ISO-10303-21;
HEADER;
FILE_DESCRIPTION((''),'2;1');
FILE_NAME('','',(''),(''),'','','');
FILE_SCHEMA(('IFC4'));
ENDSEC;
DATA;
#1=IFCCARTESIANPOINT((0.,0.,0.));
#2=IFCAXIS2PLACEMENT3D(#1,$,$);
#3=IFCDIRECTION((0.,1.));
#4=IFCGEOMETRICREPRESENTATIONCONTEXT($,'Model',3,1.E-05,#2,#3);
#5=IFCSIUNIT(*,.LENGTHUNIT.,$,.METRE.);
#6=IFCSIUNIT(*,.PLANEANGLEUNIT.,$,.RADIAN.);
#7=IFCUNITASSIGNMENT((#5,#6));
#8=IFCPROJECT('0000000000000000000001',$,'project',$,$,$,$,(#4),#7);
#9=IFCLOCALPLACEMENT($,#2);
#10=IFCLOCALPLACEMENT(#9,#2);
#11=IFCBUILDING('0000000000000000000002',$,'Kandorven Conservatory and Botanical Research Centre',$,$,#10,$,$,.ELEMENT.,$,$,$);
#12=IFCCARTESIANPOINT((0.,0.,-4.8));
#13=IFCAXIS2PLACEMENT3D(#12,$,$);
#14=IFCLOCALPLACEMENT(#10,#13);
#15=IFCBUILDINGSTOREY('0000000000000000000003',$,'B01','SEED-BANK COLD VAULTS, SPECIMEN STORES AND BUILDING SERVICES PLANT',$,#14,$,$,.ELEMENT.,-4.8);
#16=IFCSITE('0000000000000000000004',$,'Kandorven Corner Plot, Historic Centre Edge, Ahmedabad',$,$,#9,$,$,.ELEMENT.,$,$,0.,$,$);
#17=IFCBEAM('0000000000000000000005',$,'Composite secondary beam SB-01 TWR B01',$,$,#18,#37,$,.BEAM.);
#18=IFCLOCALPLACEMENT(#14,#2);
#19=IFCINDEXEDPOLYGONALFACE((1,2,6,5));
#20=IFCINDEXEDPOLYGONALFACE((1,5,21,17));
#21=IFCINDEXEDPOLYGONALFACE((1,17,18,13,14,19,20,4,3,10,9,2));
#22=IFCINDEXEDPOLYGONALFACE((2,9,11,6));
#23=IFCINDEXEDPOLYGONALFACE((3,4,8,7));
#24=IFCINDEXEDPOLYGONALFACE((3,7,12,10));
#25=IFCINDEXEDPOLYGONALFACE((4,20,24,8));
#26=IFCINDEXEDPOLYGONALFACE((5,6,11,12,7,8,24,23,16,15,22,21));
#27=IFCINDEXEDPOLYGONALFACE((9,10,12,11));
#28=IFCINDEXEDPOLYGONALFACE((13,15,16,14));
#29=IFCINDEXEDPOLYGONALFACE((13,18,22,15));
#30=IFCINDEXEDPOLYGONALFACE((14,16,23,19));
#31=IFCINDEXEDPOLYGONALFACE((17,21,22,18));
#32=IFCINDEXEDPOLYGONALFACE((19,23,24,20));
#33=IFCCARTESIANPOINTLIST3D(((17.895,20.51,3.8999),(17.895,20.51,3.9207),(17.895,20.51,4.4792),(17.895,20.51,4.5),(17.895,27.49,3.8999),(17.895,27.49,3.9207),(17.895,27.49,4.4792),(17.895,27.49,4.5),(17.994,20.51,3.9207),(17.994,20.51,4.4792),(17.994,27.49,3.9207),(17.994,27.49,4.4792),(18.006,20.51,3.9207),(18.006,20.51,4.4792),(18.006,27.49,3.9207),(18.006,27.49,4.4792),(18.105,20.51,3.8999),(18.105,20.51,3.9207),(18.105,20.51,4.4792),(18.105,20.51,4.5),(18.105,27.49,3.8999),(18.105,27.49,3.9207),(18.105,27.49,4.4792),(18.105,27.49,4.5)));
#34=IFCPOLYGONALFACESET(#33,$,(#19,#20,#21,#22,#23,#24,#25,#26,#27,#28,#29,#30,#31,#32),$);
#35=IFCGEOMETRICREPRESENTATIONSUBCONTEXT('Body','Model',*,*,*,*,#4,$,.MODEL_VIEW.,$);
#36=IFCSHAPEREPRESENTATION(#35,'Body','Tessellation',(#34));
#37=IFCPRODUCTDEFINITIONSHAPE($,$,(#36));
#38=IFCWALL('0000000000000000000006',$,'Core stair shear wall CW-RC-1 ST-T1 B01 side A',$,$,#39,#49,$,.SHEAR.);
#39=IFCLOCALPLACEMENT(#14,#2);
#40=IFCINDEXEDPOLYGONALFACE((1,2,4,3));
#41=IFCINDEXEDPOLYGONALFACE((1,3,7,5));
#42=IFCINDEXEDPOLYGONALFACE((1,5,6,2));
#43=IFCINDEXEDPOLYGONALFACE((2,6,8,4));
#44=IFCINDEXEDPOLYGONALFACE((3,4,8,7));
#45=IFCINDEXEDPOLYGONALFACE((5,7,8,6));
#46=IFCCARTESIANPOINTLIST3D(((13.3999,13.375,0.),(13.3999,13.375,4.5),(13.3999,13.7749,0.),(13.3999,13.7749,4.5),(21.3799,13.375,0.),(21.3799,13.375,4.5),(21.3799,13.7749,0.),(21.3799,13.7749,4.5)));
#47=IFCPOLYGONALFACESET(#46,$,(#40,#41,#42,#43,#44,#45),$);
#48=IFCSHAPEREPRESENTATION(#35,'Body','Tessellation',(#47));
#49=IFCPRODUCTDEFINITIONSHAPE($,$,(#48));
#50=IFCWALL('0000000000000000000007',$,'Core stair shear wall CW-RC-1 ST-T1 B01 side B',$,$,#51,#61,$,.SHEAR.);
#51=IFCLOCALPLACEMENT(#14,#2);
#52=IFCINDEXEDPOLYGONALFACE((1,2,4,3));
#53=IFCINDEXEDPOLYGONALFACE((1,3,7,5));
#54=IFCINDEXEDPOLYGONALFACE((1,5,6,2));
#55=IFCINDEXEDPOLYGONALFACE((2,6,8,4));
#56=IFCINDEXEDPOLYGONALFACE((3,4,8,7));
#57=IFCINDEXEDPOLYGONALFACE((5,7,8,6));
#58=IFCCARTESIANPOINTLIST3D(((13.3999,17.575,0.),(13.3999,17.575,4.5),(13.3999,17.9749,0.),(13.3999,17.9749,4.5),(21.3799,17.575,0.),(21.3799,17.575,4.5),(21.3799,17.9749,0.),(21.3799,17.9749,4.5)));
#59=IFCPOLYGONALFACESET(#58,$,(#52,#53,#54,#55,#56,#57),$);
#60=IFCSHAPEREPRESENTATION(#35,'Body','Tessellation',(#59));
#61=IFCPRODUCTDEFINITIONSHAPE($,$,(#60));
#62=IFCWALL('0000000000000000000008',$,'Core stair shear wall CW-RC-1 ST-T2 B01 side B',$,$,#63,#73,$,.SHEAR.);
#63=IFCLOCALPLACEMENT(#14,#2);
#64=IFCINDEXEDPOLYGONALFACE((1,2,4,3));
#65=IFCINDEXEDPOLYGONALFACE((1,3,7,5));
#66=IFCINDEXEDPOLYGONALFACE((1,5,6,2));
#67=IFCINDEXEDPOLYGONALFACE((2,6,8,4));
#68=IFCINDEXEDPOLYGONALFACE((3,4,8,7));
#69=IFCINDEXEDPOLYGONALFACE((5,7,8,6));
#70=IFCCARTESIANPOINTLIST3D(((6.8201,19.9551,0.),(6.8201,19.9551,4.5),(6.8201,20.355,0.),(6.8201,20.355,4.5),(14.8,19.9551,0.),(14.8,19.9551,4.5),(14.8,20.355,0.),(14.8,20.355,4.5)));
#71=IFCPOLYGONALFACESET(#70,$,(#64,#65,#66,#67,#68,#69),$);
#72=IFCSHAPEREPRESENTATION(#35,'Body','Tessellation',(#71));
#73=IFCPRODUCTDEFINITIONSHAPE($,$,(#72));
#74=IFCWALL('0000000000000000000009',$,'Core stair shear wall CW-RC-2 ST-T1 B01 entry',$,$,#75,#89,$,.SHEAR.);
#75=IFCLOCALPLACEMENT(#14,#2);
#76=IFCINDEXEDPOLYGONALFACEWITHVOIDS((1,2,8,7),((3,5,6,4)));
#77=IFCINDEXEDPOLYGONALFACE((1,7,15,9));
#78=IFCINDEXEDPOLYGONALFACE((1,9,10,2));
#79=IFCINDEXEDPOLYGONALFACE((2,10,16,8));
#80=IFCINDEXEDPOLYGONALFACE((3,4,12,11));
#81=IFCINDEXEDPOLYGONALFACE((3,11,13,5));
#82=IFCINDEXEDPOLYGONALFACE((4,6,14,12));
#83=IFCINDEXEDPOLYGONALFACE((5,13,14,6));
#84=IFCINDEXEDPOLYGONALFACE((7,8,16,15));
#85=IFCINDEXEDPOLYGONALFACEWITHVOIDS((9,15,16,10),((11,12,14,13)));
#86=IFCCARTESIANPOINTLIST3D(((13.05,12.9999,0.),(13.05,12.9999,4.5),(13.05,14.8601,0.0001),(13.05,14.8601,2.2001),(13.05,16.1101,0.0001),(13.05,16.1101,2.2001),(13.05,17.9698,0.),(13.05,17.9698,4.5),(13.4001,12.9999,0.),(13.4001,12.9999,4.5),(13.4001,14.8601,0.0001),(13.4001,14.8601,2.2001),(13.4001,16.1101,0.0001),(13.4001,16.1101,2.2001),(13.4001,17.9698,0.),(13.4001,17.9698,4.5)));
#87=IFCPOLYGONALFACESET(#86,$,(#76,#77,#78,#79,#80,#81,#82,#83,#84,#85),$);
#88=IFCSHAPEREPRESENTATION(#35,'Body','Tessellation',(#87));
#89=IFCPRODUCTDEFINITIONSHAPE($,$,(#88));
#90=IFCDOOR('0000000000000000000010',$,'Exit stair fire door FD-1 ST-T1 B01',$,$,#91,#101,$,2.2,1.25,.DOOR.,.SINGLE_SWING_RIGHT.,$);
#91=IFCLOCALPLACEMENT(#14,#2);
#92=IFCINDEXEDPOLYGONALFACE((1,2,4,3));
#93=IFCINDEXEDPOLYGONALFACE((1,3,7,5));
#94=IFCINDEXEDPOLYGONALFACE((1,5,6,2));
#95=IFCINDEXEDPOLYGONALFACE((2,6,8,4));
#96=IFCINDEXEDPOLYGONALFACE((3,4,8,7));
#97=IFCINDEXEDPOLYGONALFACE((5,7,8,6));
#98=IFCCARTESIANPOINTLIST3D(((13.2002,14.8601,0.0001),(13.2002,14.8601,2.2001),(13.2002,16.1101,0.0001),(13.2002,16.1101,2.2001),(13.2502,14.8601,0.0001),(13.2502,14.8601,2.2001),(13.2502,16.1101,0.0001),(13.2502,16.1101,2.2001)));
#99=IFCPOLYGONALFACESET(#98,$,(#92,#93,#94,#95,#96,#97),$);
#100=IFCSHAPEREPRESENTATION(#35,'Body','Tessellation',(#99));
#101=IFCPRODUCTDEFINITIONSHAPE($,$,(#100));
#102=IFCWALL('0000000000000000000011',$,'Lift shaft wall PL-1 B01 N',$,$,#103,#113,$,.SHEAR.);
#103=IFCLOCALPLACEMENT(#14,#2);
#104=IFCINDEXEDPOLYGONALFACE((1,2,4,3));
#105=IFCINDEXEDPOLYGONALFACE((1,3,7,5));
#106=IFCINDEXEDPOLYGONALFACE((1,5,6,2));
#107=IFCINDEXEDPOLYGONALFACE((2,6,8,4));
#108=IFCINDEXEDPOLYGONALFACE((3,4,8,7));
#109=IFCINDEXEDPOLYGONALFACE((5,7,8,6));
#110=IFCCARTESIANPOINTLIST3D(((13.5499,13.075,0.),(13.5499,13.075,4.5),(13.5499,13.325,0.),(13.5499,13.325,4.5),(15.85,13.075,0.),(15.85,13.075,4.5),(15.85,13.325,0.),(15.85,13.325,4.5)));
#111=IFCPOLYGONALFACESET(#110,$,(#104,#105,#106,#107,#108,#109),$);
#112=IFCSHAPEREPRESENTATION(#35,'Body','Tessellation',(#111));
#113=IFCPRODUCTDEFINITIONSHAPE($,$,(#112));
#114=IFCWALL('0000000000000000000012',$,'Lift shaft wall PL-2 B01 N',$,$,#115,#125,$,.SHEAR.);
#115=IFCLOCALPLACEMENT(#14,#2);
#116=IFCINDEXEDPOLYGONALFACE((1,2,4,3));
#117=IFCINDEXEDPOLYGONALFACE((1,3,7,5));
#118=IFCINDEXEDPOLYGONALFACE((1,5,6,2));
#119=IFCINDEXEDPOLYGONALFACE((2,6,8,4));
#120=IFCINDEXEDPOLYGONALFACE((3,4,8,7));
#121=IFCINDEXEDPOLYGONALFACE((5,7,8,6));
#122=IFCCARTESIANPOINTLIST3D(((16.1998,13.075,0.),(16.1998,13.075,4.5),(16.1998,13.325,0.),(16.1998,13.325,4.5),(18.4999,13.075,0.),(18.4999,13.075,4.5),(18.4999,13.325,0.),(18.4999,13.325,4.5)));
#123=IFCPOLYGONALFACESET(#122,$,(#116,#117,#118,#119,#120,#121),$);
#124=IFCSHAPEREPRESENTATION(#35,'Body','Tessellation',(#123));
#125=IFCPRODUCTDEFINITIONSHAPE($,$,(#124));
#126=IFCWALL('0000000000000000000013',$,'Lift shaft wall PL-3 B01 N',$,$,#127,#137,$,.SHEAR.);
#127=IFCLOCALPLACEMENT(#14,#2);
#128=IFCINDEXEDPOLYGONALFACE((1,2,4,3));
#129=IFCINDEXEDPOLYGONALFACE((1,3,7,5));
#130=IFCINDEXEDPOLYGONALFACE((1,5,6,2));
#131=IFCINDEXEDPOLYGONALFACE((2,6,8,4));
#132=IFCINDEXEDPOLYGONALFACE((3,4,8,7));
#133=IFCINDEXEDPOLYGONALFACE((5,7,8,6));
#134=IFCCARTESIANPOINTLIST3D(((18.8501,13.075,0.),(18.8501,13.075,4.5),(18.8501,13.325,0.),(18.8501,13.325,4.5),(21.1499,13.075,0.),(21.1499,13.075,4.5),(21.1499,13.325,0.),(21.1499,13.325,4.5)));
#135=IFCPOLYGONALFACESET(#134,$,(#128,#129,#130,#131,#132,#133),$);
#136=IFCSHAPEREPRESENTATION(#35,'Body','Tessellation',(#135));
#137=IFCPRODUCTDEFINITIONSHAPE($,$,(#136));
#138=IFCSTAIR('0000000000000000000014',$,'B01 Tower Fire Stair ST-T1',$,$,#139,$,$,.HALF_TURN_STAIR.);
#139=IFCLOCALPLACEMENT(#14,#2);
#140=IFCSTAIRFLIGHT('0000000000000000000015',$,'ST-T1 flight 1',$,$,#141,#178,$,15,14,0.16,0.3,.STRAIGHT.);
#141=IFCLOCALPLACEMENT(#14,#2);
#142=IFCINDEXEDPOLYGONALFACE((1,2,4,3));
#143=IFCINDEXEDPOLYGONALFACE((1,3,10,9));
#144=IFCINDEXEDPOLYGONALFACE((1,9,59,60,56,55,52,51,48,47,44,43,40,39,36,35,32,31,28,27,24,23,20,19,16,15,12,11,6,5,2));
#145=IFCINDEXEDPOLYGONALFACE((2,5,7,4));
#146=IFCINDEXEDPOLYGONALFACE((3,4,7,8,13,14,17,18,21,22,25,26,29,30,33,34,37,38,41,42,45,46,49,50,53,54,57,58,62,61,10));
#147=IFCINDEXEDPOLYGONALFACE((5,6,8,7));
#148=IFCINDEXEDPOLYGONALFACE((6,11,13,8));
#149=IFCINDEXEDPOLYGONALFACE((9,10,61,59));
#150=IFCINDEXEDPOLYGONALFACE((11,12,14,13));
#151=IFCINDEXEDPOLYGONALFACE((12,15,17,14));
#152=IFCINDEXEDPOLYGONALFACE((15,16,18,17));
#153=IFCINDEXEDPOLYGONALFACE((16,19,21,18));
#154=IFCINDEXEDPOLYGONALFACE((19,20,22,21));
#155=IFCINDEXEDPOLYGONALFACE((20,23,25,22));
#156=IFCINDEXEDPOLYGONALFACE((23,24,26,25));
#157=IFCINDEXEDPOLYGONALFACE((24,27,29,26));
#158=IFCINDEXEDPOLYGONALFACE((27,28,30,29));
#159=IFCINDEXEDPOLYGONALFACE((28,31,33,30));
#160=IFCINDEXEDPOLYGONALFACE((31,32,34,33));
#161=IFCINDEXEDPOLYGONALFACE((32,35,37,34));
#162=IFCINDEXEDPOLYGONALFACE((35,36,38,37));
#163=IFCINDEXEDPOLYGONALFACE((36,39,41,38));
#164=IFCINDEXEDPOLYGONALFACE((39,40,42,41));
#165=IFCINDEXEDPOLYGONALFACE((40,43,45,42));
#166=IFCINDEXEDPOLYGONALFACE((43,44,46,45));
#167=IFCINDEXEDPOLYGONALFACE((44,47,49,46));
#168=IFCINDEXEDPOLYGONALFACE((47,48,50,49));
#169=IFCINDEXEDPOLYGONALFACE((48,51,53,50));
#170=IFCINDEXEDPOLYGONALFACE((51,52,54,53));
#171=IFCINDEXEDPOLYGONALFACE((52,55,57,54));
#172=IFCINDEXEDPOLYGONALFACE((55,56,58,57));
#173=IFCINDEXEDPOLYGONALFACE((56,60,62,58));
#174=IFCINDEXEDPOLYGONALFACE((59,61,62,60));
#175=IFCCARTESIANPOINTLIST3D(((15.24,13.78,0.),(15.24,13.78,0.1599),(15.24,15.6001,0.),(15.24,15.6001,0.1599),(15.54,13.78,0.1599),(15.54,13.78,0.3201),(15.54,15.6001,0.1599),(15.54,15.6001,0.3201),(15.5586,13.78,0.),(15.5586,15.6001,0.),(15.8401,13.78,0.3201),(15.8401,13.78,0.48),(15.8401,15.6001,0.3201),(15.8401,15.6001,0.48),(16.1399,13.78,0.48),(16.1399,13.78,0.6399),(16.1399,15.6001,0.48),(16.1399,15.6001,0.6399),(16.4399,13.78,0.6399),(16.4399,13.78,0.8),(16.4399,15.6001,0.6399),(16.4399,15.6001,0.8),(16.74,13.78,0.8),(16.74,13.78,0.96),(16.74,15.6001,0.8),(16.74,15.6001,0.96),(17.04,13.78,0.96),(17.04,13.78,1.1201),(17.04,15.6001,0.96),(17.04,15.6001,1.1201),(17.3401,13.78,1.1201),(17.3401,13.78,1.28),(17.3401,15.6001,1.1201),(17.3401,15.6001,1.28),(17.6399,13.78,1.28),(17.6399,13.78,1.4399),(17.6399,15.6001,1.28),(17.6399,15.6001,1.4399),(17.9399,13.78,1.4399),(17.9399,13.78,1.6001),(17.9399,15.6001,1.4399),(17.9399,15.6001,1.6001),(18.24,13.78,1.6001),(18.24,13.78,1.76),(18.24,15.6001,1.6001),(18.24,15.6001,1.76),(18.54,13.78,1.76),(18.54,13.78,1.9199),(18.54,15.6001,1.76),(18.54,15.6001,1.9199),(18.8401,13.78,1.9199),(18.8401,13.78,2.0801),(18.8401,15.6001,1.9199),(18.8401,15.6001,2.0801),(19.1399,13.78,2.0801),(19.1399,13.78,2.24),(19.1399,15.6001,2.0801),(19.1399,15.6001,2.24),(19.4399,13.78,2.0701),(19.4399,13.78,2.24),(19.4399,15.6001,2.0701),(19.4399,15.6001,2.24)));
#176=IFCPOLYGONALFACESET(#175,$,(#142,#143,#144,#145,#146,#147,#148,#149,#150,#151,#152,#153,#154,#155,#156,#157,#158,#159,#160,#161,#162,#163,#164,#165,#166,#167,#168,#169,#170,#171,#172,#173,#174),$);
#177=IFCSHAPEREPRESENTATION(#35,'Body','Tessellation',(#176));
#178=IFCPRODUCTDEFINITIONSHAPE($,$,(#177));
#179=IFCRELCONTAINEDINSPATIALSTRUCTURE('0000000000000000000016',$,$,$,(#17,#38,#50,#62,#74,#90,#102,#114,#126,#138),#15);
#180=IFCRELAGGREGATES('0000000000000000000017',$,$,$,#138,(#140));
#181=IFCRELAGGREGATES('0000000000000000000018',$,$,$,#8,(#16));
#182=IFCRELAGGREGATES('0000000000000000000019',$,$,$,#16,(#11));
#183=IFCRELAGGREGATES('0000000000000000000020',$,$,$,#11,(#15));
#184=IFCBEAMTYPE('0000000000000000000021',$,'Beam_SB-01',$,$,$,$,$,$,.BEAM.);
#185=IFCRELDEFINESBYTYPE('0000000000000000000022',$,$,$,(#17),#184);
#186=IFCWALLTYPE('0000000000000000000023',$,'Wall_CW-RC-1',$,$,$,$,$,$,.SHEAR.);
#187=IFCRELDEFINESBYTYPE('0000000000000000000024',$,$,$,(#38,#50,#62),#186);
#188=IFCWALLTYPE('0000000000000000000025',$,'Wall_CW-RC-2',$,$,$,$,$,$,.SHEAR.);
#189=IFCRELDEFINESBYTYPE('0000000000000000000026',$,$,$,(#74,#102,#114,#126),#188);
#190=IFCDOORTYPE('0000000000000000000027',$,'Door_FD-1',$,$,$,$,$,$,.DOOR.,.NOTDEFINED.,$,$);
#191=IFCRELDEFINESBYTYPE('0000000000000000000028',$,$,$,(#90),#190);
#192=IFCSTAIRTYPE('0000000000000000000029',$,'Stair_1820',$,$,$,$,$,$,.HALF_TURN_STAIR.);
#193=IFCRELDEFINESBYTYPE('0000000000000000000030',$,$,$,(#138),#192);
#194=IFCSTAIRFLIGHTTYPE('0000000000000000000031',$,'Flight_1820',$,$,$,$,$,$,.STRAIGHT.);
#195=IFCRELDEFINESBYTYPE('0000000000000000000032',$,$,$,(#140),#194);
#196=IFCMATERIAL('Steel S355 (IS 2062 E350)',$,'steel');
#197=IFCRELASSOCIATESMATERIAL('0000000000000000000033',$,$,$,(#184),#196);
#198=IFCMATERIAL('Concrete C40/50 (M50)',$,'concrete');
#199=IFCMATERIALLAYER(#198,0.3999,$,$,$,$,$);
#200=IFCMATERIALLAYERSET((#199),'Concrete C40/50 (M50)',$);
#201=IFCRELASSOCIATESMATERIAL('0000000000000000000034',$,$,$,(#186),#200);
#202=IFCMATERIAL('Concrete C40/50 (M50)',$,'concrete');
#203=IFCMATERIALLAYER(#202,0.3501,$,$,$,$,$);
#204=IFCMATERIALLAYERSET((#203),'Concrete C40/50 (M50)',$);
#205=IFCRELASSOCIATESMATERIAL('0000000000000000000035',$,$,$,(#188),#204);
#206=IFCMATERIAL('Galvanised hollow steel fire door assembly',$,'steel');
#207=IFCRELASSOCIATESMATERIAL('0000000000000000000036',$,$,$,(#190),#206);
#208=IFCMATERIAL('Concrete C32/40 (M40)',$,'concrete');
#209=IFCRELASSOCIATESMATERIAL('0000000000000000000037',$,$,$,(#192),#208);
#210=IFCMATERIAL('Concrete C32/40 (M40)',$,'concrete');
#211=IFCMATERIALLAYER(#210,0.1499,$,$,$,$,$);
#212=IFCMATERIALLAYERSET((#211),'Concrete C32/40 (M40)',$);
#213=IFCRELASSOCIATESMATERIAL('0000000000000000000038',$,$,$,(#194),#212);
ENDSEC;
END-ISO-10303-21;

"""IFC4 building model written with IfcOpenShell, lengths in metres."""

from ifc_helpers import new_model, si_unit, direction, frame, frame_2d, origin, origin_2d, place, context, subcontext, project, spatial, polyline, rectangle, i_section, outline, extrude, material, layer, layer_set, material_profile, profile_set, type_object, element, fill, aggregate, save


model = new_model("IFC4")

# Units and contexts
model_context = context("Model", 3, precision=1e-05, world=origin(), true_north=direction((0.0, 1.0)))
body_context = subcontext(model_context, "Body", "Model", "MODEL_VIEW")
ifc_project = project(units=[si_unit("LENGTHUNIT", "METRE"), si_unit("PLANEANGLEUNIT", "RADIAN")], contexts=[model_context])

# Site, building, storey
site_placement = place(None, origin())
site = spatial("IfcSite", under=ifc_project, at=site_placement, Name="Kandorven Corner Plot, Historic Centre Edge, Ahmedabad", CompositionType="ELEMENT", RefElevation=0.0)
building_placement = place(site_placement, origin())
building = spatial("IfcBuilding", under=site, at=building_placement, Name="Kandorven Conservatory and Botanical Research Centre", CompositionType="ELEMENT")
storey_placement = place(building_placement, frame((0.0, 0.0, -4.8)))
storey = spatial("IfcBuildingStorey", under=building, at=storey_placement, Name="B01", Description="SEED-BANK COLD VAULTS, SPECIMEN STORES AND BUILDING SERVICES PLANT", CompositionType="ELEMENT", Elevation=-4.8)

# Beam
ifc_material_1 = material(Name="Steel S355 (IS 2062 E350)", Category="steel")
ifc_material_profile_1 = material_profile(ifc_material_1, i_section(OverallWidth=0.21, OverallDepth=0.6001, WebThickness=0.012, FlangeThickness=0.0208, at=origin_2d()))
ifc_profile_set_1 = profile_set([ifc_material_profile_1], Name="Steel S355 (IS 2062 E350)")
beam_type_1 = type_object("IfcBeamType", Name="Beam_SB-01", PredefinedType="BEAM", material=ifc_profile_set_1)
for number, where, z_axis, x_axis, name in (
    (1, (18.0, 20.51, 4.2), (0.0, 1.0, 0.0), (-1.0, 0.0, 0.0), "Composite secondary beam SB-01 TWR B01"),
):
    element("IfcBeam", number, at=place(storey_placement, frame(where, z_axis=z_axis, x_axis=x_axis)), inside=storey, type_object=beam_type_1, Name=name, PredefinedType="BEAM", context=body_context, shape_type="SweptSolid", body=[
        extrude(i_section(OverallWidth=0.21, OverallDepth=0.6001, WebThickness=0.012, FlangeThickness=0.0208, at=origin_2d()), origin(), (0.0, 0.0, 1.0), 6.98),
    ])

# Walls
ifc_material_2 = material(Name="Concrete C40/50 (M50)", Category="concrete")
ifc_layer_1 = layer(ifc_material_2, 0.3999)
ifc_layer_set_1 = layer_set([ifc_layer_1], Name="Concrete C40/50 (M50)")
wall_type_1 = type_object("IfcWallType", Name="Wall_CW-RC-1", PredefinedType="SHEAR", material=ifc_layer_set_1)
for number, where, z_axis, x_axis, name in (
    (2, (13.3999, 13.575, 0.0), (0.0, 0.0, 1.0), (1.0, 0.0, 0.0), "Core stair shear wall CW-RC-1 ST-T1 B01 side A"),
    (3, (13.3999, 17.7749, 0.0), (0.0, 0.0, 1.0), (1.0, 0.0, 0.0), "Core stair shear wall CW-RC-1 ST-T1 B01 side B"),
    (4, (14.8, 20.155, 0.0), (0.0, 0.0, 1.0), (-1.0, 0.0, 0.0), "Core stair shear wall CW-RC-1 ST-T2 B01 side B"),
):
    element("IfcWall", number, at=place(storey_placement, frame(where, z_axis=z_axis, x_axis=x_axis)), inside=storey, type_object=wall_type_1, Name=name, PredefinedType="SHEAR", context=body_context, shape_type="SweptSolid", body=[
        extrude(rectangle(XDim=7.98, YDim=0.3999, at=frame_2d((3.99, 0.0))), origin(), (0.0, 0.0, 1.0), 4.5),
    ])

# Wall, opening, door
ifc_material_3 = material(Name="Concrete C40/50 (M50)", Category="concrete")
ifc_layer_2 = layer(ifc_material_3, 0.3501)
ifc_layer_set_2 = layer_set([ifc_layer_2], Name="Concrete C40/50 (M50)")
wall_type_2 = type_object("IfcWallType", Name="Wall_CW-RC-2", PredefinedType="SHEAR", material=ifc_layer_set_2)
wall_1_placement = place(storey_placement, frame((13.2251, 13.0, 0.0), z_axis=(0.0, 0.0, 1.0), x_axis=(0.0, 1.0, 0.0)))
wall_1 = element("IfcWall", 5, at=wall_1_placement, inside=storey, type_object=wall_type_2, Name="Core stair shear wall CW-RC-2 ST-T1 B01 entry", PredefinedType="SHEAR", context=body_context, shape_type="SweptSolid", body=[
    extrude(rectangle(XDim=4.97, YDim=0.3501, at=frame_2d((2.4849, 0.0))), origin(), (0.0, 0.0, 1.0), 4.5),
])
opening_placement = place(wall_1_placement, frame((1.8601, 0.0, 0.0)))
opening = element("IfcOpeningElement", 6, at=opening_placement, cuts=wall_1, PredefinedType="OPENING", context=body_context, shape_type="SweptSolid", body=[
    extrude(rectangle(XDim=1.25, YDim=2.2, at=frame_2d((0.625, 1.1001))), frame((0.0, 0.1851, 0.0), z_axis=(0.0, -1.0, 0.0), x_axis=(1.0, 0.0, 0.0)), (0.0, 0.0, 1.0), 0.3701),
])
ifc_material_4 = material(Name="Galvanised hollow steel fire door assembly", Category="steel")
door_type = type_object("IfcDoorType", Name="Door_FD-1", OperationType="NOTDEFINED", PredefinedType="DOOR", material=ifc_material_4)
door_placement = place(opening_placement, origin())
door = element("IfcDoor", 7, at=door_placement, inside=storey, type_object=door_type, Name="Exit stair fire door FD-1 ST-T1 B01", OperationType="SINGLE_SWING_RIGHT", OverallHeight=2.2, OverallWidth=1.25, PredefinedType="DOOR", context=body_context, shape_type="SweptSolid", body=[
    extrude(rectangle(XDim=1.25, YDim=2.2, at=frame_2d((0.625, 1.1001))), frame((0.0, 0.0249, 0.0), z_axis=(0.0, -1.0, 0.0), x_axis=(1.0, 0.0, 0.0)), (0.0, 0.0, 1.0), 0.05),
])
fill(opening, door)

# Walls
for number, where, z_axis, x_axis, name in (
    (8, (13.55, 13.2, 0.0), (0.0, 0.0, 1.0), (1.0, 0.0, 0.0), "Lift shaft wall PL-1 B01 N"),
    (9, (16.2, 13.2, 0.0), (0.0, 0.0, 1.0), (1.0, 0.0, 0.0), "Lift shaft wall PL-2 B01 N"),
):
    element("IfcWall", number, at=place(storey_placement, frame(where, z_axis=z_axis, x_axis=x_axis)), inside=storey, type_object=wall_type_2, Name=name, PredefinedType="SHEAR", context=body_context, shape_type="SweptSolid", body=[
        extrude(rectangle(XDim=2.3, YDim=0.25, at=frame_2d((1.1499, 0.0))), origin(), (0.0, 0.0, 1.0), 4.5),
    ])
wall_2_placement = place(storey_placement, frame((18.8501, 13.2, 0.0), z_axis=(0.0, 0.0, 1.0), x_axis=(1.0, 0.0, 0.0)))
element("IfcWall", 10, at=wall_2_placement, inside=storey, type_object=wall_type_2, Name="Lift shaft wall PL-3 B01 N", PredefinedType="SHEAR", context=body_context, shape_type="SweptSolid", body=[
    extrude(rectangle(XDim=2.2998, YDim=0.25, at=frame_2d((1.1499, 0.0))), origin(), (0.0, 0.0, 1.0), 4.5),
])

# Stair, stair flight
ifc_material_5 = material(Name="Concrete C32/40 (M40)", Category="concrete")
stair_type = type_object("IfcStairType", Name="Stair_1820", PredefinedType="HALF_TURN_STAIR", material=ifc_material_5)
stair_placement = place(storey_placement, origin())
stair = element("IfcStair", 11, at=stair_placement, inside=storey, type_object=stair_type, Name="B01 Tower Fire Stair ST-T1", PredefinedType="HALF_TURN_STAIR")
ifc_material_6 = material(Name="Concrete C32/40 (M40)", Category="concrete")
ifc_layer_3 = layer(ifc_material_6, 0.1499)
ifc_layer_set_3 = layer_set([ifc_layer_3], Name="Concrete C32/40 (M40)")
stair_flight_type = type_object("IfcStairFlightType", Name="Flight_1820", PredefinedType="STRAIGHT", material=ifc_layer_set_3)
stair_flight_1_placement = place(storey_placement, frame((15.24, 14.6899, 0.0), z_axis=(0.0, 0.0, 1.0), x_axis=(1.0, 0.0, 0.0)))
stair_flight_1 = element("IfcStairFlight", 12, at=stair_flight_1_placement, type_object=stair_flight_type, Name="ST-T1 flight 1", NumberOfRisers=15, NumberOfTreads=14, PredefinedType="STRAIGHT", RiserHeight=0.16, TreadLength=0.3, context=body_context, shape_type="SweptSolid", body=[
    extrude(outline(polyline([(0.0, 0.0), (0.0, 0.1599), (0.3, 0.1599), (0.3, 0.3201), (0.6001, 0.3201), (0.6001, 0.48), (0.8999, 0.48), (0.8999, 0.6399), (1.2, 0.6399), (1.2, 0.8), (1.5, 0.8), (1.5, 0.96), (1.8, 0.96), (1.8, 1.1201), (2.1001, 1.1201), (2.1001, 1.28), (2.3999, 1.28), (2.3999, 1.4399), (2.7, 1.4399), (2.7, 1.6001), (3.0, 1.6001), (3.0, 1.76), (3.3, 1.76), (3.3, 1.9199), (3.6001, 1.9199), (3.6001, 2.0801), (3.8999, 2.0801), (3.8999, 2.24), (4.2, 2.24), (4.2, 2.3999), (4.2, 2.0701), (0.3186, 0.0), (0.0, 0.0)])), frame((0.0, 0.9102, 0.0), z_axis=(0.0, -1.0, 0.0), x_axis=(1.0, 0.0, 0.0)), (0.0, 0.0, 1.0), 1.8201),
])
aggregate(stair, [stair_flight_1])

save(model, "model.ifc")
